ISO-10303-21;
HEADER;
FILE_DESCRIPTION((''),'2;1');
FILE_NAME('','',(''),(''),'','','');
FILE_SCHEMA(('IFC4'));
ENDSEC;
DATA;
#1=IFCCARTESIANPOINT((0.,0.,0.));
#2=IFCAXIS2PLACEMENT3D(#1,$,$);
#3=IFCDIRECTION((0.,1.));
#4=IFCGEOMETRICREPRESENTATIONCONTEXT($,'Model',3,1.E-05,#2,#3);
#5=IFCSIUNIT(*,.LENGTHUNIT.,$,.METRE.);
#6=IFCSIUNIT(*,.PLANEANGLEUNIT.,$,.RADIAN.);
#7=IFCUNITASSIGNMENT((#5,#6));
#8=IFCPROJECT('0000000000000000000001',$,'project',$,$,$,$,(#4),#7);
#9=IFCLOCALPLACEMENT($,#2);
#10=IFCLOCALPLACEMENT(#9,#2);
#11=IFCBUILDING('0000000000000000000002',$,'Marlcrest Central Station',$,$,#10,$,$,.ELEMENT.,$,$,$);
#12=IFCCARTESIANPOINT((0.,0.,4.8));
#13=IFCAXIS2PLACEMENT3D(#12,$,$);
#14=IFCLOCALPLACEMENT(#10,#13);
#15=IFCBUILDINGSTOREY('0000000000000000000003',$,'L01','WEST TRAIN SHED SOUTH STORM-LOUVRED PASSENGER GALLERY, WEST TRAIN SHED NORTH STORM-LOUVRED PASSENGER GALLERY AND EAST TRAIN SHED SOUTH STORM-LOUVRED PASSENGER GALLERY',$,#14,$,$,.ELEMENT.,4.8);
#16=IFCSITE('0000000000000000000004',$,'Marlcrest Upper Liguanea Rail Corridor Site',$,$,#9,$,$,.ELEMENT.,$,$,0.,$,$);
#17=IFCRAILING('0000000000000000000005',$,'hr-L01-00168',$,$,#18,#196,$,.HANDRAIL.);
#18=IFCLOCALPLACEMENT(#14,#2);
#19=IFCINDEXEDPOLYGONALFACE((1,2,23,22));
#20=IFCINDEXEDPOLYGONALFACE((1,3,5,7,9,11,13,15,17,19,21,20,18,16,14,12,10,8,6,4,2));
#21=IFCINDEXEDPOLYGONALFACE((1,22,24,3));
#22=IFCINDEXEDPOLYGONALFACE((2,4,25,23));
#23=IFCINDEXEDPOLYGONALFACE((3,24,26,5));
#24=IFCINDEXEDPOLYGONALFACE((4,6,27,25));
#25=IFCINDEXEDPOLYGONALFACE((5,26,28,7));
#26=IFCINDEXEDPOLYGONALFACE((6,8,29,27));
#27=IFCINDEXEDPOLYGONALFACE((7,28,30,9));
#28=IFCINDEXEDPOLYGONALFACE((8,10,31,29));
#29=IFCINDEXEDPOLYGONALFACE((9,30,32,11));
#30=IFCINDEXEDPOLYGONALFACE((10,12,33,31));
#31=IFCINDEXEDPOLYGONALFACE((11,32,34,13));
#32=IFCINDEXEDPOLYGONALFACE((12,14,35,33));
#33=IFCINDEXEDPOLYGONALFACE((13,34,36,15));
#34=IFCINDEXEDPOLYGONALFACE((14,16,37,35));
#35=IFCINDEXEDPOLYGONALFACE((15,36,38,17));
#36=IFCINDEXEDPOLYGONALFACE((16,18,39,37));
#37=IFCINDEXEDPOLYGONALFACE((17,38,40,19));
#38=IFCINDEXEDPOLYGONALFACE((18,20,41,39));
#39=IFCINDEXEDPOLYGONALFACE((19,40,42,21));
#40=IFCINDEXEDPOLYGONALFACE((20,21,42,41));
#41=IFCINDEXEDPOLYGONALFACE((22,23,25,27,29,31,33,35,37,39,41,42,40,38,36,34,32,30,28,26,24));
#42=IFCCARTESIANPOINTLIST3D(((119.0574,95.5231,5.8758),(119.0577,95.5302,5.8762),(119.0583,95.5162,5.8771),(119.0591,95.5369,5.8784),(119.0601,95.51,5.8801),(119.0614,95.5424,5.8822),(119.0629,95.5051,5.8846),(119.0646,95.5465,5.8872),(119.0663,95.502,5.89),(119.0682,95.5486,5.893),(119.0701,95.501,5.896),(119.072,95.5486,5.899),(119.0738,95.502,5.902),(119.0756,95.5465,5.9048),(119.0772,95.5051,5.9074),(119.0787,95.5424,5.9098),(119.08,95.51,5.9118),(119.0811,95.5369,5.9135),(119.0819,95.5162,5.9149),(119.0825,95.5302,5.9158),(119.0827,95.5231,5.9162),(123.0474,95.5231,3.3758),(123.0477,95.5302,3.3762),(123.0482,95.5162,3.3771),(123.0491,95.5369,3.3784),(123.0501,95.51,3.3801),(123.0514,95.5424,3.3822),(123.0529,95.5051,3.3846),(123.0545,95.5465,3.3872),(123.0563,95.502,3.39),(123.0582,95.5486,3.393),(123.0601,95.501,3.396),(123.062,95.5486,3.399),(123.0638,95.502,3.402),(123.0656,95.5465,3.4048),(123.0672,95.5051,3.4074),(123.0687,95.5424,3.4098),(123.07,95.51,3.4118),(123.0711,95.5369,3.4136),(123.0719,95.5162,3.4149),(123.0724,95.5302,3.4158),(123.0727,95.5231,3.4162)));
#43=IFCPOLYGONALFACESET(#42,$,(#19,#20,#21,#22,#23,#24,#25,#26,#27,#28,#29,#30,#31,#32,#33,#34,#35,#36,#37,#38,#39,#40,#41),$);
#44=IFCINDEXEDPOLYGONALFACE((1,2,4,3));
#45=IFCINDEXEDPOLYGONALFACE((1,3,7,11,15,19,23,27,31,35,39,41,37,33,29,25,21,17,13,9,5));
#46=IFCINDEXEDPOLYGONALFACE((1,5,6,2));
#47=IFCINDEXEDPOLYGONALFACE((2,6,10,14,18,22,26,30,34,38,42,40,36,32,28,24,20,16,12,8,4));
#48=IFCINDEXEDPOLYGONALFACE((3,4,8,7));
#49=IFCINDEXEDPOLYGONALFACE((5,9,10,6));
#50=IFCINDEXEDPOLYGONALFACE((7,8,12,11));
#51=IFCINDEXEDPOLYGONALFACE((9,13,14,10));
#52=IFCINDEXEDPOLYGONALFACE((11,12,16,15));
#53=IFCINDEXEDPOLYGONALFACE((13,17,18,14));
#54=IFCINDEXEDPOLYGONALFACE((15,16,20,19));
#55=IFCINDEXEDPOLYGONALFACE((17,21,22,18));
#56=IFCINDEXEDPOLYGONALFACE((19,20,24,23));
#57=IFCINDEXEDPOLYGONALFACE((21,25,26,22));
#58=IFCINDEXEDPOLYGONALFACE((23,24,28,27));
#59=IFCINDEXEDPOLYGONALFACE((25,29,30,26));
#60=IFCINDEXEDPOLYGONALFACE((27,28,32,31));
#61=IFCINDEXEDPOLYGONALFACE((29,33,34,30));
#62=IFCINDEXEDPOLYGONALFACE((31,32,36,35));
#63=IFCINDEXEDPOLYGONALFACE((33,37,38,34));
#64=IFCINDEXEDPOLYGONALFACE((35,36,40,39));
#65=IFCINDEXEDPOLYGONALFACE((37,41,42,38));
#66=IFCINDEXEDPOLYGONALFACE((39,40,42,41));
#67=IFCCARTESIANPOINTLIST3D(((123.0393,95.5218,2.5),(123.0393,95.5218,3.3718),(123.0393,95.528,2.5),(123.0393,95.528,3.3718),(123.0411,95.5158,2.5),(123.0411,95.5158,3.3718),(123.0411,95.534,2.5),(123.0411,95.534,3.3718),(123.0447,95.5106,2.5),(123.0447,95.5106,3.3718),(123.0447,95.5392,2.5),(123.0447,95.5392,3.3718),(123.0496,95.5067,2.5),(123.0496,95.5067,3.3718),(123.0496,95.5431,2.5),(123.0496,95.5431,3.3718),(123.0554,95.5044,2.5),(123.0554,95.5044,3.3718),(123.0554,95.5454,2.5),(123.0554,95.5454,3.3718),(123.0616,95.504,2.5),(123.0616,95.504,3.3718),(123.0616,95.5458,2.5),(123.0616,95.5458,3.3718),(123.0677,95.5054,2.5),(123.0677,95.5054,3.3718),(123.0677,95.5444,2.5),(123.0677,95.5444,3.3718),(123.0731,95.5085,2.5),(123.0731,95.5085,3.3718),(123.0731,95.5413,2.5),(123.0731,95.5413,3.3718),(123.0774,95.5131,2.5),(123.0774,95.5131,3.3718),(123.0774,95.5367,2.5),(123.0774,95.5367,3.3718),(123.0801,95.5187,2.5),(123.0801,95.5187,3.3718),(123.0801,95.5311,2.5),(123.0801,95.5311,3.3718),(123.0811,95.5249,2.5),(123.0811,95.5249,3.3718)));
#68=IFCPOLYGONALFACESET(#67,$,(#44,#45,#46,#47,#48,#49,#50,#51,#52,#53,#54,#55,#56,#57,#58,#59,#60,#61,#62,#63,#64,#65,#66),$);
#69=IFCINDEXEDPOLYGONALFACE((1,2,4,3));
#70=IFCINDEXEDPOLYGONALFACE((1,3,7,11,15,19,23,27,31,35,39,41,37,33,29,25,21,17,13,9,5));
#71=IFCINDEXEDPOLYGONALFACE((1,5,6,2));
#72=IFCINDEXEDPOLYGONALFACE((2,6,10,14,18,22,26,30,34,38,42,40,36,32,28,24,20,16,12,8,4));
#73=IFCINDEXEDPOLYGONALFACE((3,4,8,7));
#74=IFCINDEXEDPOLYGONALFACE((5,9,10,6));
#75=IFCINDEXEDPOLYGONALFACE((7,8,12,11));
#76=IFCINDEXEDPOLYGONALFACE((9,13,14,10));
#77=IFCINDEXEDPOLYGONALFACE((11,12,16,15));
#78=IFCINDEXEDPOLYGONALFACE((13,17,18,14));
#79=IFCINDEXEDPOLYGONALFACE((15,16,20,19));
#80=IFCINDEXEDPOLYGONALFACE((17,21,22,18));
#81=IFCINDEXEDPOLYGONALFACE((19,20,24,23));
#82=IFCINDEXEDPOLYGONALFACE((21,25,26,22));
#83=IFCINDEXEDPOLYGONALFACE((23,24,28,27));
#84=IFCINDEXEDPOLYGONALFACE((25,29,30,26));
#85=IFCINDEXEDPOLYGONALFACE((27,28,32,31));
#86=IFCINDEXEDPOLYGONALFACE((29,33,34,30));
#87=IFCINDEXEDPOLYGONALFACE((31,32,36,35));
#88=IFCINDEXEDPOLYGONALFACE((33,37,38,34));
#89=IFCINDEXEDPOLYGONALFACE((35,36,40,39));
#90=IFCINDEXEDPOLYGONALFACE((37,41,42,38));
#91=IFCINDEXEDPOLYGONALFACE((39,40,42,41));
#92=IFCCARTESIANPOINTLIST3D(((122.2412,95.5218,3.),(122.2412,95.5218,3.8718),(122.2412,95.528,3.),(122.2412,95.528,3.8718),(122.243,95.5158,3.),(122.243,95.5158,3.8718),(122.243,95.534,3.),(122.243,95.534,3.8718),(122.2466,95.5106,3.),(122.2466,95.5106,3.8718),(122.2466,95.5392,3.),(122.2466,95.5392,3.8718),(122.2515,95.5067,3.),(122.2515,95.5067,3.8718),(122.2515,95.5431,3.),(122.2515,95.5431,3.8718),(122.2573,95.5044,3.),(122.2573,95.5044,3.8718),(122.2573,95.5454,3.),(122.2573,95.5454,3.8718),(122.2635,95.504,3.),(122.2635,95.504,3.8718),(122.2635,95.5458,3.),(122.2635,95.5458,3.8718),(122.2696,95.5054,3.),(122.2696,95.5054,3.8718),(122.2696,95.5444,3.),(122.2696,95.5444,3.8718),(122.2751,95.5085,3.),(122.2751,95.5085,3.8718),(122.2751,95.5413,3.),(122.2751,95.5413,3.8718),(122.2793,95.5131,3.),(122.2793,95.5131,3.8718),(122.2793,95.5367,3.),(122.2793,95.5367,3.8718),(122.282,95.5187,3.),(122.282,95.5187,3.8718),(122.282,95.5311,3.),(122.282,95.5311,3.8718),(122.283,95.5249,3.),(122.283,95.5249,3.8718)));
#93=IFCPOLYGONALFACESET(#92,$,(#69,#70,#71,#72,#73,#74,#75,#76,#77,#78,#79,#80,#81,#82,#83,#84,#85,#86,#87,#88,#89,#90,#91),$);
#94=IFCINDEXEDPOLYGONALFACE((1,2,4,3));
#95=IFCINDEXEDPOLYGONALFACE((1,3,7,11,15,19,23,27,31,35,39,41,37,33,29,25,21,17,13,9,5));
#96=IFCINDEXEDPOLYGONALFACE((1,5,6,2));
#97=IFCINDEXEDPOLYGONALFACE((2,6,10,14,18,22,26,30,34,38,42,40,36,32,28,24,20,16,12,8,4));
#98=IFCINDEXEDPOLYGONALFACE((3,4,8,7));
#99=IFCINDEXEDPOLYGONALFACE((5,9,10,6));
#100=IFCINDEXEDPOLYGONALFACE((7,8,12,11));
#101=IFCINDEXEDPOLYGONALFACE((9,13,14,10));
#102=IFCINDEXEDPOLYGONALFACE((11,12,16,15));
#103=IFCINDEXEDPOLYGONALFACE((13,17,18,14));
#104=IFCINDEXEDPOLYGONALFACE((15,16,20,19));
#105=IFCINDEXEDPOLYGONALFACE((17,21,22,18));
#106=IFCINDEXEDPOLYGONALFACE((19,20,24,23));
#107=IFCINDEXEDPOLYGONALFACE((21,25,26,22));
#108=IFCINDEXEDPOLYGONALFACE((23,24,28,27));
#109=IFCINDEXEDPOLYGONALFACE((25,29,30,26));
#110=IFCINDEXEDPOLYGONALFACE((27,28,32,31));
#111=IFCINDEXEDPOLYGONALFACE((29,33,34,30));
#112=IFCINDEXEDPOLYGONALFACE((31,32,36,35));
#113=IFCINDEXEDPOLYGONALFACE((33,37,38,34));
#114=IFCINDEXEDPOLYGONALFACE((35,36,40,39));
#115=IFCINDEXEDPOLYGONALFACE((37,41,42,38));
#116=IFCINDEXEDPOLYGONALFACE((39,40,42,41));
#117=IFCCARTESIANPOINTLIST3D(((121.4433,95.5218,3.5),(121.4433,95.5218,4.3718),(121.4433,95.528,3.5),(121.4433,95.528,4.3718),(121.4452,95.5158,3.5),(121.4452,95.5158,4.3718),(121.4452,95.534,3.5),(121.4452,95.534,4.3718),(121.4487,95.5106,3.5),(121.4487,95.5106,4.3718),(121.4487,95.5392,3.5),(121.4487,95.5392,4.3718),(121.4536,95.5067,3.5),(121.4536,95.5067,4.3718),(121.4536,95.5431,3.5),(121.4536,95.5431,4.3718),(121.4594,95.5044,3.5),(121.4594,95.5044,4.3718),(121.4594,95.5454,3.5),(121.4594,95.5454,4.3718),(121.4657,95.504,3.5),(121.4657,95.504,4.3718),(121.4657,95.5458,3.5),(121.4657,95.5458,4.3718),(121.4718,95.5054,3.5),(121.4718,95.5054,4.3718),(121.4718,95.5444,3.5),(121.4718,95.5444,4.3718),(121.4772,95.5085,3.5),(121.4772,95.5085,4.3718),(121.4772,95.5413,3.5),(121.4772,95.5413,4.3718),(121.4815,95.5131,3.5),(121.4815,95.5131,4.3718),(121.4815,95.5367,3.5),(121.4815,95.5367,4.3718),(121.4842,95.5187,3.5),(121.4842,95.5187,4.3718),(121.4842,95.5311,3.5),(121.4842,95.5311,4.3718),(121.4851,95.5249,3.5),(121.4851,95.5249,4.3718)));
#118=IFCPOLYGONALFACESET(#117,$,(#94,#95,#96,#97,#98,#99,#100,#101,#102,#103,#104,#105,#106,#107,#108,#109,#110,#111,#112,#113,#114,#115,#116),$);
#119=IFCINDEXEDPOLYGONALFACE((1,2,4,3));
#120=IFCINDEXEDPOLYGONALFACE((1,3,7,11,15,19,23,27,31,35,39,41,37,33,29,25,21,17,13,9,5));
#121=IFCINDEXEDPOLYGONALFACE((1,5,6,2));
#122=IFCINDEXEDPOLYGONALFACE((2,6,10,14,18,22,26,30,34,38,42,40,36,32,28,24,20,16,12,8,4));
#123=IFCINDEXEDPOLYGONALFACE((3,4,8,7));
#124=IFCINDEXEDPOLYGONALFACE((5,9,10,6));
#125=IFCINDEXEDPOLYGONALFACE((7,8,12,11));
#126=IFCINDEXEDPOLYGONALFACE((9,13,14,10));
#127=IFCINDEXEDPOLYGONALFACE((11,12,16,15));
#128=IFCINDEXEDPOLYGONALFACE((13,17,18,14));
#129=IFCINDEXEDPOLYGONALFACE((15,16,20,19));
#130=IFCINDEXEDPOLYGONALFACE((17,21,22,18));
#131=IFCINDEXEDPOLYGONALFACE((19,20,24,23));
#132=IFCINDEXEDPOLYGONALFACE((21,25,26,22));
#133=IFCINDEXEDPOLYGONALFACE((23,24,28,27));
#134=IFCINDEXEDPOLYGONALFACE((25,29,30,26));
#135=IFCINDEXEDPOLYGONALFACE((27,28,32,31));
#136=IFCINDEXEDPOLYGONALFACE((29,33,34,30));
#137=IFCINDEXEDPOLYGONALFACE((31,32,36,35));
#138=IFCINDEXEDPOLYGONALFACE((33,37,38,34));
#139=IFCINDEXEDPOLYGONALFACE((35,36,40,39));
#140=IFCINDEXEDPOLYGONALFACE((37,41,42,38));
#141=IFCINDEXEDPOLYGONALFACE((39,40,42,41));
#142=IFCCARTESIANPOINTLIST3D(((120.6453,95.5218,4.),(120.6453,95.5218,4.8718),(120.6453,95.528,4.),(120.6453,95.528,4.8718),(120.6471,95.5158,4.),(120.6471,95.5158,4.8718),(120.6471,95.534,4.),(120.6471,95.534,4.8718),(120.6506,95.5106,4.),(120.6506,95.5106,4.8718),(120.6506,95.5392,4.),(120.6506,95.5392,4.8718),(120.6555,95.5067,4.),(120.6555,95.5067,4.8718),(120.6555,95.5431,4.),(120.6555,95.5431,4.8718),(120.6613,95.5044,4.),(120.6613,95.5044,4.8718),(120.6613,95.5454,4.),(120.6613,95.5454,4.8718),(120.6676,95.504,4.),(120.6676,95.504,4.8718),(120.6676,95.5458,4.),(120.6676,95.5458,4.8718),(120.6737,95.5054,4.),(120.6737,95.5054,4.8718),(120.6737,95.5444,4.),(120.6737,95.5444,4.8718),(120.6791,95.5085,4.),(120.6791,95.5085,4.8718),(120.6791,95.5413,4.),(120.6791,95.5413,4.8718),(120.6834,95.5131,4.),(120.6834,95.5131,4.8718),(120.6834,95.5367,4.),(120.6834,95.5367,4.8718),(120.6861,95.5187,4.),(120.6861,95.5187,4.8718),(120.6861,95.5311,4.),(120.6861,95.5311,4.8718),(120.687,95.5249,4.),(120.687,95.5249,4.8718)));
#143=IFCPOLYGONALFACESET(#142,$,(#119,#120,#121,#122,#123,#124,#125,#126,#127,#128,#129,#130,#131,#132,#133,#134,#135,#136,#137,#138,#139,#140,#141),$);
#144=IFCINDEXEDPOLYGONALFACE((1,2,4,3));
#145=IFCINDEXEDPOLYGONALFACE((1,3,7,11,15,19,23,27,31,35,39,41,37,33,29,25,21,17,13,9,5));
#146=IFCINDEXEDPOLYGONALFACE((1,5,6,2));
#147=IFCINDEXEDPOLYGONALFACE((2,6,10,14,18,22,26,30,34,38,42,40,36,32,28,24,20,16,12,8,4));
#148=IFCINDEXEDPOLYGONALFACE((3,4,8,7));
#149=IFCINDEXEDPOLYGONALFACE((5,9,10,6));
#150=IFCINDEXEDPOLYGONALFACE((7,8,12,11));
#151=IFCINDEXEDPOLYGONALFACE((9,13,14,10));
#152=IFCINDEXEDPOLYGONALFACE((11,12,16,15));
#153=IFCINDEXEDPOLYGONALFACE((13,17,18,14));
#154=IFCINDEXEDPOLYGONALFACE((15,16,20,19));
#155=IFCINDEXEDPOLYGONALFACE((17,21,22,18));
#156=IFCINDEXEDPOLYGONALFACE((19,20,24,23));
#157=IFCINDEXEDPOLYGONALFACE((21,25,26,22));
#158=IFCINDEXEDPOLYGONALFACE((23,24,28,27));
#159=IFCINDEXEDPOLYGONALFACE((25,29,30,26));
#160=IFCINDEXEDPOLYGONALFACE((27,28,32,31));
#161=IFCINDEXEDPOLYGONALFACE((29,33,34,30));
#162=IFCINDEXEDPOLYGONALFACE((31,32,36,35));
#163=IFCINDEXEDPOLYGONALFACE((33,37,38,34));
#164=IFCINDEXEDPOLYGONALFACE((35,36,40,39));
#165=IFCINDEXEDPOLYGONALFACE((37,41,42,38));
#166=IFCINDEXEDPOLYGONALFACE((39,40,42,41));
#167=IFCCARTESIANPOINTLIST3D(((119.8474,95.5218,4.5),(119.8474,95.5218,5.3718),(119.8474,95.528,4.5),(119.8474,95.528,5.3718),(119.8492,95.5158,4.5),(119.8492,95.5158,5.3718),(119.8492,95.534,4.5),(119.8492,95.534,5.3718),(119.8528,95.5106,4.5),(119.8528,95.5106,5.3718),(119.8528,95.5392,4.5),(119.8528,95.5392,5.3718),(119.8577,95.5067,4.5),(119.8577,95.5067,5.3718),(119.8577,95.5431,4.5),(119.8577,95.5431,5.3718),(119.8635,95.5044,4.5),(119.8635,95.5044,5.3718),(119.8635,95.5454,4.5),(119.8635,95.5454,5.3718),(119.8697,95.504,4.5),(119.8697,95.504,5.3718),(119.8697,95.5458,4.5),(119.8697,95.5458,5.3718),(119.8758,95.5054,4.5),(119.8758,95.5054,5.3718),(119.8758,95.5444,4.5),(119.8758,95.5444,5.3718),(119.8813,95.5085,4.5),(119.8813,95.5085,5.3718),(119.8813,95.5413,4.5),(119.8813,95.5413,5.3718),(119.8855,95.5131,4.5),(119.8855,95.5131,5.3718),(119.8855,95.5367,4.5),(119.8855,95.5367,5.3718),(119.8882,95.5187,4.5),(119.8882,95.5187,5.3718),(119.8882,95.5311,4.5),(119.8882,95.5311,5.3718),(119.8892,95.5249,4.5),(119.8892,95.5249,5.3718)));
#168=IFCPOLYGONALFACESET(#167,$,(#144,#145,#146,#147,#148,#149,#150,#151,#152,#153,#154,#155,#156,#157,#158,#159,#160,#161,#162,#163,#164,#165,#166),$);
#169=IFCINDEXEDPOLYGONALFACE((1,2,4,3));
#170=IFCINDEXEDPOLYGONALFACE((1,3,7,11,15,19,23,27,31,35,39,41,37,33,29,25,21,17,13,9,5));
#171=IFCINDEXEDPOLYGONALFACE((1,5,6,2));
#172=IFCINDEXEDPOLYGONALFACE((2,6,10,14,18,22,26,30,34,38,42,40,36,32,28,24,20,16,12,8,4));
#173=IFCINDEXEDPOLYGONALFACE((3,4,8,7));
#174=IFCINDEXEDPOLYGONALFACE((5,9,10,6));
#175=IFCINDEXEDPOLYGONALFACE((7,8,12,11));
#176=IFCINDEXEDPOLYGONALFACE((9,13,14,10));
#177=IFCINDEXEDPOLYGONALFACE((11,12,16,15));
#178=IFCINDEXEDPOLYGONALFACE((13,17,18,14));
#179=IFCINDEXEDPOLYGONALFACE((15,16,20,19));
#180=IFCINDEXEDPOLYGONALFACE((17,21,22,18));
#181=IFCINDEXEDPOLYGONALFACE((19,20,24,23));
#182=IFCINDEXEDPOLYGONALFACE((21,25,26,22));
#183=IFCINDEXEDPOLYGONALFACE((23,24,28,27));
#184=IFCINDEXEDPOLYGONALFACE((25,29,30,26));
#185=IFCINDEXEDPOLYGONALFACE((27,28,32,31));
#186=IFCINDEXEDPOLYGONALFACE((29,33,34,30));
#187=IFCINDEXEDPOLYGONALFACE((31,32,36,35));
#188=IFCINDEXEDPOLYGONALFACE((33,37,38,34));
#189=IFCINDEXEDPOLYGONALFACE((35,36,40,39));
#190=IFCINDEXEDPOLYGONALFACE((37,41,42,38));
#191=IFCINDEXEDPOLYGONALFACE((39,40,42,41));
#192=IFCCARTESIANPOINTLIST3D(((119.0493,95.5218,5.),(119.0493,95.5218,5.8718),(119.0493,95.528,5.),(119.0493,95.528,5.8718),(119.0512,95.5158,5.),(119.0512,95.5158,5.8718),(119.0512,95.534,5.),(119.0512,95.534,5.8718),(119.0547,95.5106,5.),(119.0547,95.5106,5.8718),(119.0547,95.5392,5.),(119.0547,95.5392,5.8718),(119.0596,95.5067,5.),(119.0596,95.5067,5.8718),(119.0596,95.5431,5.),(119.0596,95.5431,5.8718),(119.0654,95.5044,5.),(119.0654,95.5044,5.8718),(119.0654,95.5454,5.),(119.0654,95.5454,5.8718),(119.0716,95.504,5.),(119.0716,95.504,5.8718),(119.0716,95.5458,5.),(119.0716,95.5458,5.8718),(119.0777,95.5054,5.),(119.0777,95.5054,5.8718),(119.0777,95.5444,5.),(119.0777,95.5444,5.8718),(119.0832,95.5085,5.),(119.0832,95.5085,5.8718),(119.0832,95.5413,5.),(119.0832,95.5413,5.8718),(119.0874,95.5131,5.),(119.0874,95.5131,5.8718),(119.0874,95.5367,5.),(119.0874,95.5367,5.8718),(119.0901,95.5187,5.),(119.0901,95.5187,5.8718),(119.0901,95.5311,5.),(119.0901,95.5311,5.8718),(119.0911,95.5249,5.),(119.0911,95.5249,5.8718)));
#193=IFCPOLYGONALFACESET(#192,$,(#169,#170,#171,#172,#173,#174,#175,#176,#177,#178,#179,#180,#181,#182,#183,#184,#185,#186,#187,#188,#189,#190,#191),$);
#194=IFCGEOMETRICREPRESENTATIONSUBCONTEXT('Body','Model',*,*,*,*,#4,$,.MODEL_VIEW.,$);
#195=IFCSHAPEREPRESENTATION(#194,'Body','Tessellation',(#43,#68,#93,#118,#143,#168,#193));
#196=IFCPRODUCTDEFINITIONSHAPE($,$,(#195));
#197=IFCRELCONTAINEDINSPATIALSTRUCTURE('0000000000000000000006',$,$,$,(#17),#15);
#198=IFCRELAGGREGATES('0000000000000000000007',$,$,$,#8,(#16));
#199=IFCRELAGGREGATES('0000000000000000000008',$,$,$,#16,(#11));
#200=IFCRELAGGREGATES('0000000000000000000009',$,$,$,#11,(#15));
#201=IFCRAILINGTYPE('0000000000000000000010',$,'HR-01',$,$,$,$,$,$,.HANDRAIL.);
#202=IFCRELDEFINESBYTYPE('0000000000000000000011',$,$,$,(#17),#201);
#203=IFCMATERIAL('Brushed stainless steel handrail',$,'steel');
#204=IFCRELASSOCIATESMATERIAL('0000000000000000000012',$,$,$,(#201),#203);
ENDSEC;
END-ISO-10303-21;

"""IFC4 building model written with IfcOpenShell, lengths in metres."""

from ifc_helpers import new_model, si_unit, direction, frame, origin, origin_2d, place, context, subcontext, project, spatial, circle, extrude, material, type_object, element, save


model = new_model("IFC4")

# Units and contexts
model_context = context("Model", 3, precision=1e-05, world=origin(), true_north=direction((0.0, 1.0)))
body_context = subcontext(model_context, "Body", "Model", "MODEL_VIEW")
ifc_project = project(units=[si_unit("LENGTHUNIT", "METRE"), si_unit("PLANEANGLEUNIT", "RADIAN")], contexts=[model_context])

# Site, building, storey
site_placement = place(None, origin())
site = spatial("IfcSite", under=ifc_project, at=site_placement, Name="Marlcrest Upper Liguanea Rail Corridor Site", CompositionType="ELEMENT", RefElevation=0.0)
building_placement = place(site_placement, origin())
building = spatial("IfcBuilding", under=site, at=building_placement, Name="Marlcrest Central Station", CompositionType="ELEMENT")
storey_placement = place(building_placement, frame((0.0, 0.0, 4.8)))
storey = spatial("IfcBuildingStorey", under=building, at=storey_placement, Name="L01", Description="WEST TRAIN SHED SOUTH STORM-LOUVRED PASSENGER GALLERY, WEST TRAIN SHED NORTH STORM-LOUVRED PASSENGER GALLERY AND EAST TRAIN SHED SOUTH STORM-LOUVRED PASSENGER GALLERY", CompositionType="ELEMENT", Elevation=4.8)

# Railing
ifc_material_1 = material(Name="Brushed stainless steel handrail", Category="steel")
railing_type = type_object("IfcRailingType", Name="HR-01", PredefinedType="HANDRAIL", material=ifc_material_1)
railing_placement = place(storey_placement, frame((123.0601, 95.5249, 2.5)))
element("IfcRailing", 1, at=railing_placement, inside=storey, type_object=railing_type, Name="hr-L01-00168", PredefinedType="HANDRAIL", context=body_context, shape_type="SweptSolid", body=[
    extrude(circle(Radius=0.0239, at=origin_2d()), frame((0.0, 0.0, 0.896), z_axis=(-0.847401, 0.0, 0.530954), x_axis=(0.0, -1.0, 0.0)), (0.0, 0.0, 1.0), 4.7085),
    extrude(circle(Radius=0.021, at=origin_2d()), origin(), (0.0, 0.0, 1.0), 0.8718),
    extrude(circle(Radius=0.021, at=origin_2d()), frame((-0.7981, 0.0, 0.5)), (0.0, 0.0, 1.0), 0.8718),
    extrude(circle(Radius=0.021, at=origin_2d()), frame((-1.5959, 0.0, 1.0)), (0.0, 0.0, 1.0), 0.8718),
    extrude(circle(Radius=0.021, at=origin_2d()), frame((-2.394, 0.0, 1.5)), (0.0, 0.0, 1.0), 0.8718),
    extrude(circle(Radius=0.021, at=origin_2d()), frame((-3.1919, 0.0, 2.0)), (0.0, 0.0, 1.0), 0.8718),
    extrude(circle(Radius=0.021, at=origin_2d()), frame((-3.99, 0.0, 2.5)), (0.0, 0.0, 1.0), 0.8718),
])

save(model, "model.ifc")
